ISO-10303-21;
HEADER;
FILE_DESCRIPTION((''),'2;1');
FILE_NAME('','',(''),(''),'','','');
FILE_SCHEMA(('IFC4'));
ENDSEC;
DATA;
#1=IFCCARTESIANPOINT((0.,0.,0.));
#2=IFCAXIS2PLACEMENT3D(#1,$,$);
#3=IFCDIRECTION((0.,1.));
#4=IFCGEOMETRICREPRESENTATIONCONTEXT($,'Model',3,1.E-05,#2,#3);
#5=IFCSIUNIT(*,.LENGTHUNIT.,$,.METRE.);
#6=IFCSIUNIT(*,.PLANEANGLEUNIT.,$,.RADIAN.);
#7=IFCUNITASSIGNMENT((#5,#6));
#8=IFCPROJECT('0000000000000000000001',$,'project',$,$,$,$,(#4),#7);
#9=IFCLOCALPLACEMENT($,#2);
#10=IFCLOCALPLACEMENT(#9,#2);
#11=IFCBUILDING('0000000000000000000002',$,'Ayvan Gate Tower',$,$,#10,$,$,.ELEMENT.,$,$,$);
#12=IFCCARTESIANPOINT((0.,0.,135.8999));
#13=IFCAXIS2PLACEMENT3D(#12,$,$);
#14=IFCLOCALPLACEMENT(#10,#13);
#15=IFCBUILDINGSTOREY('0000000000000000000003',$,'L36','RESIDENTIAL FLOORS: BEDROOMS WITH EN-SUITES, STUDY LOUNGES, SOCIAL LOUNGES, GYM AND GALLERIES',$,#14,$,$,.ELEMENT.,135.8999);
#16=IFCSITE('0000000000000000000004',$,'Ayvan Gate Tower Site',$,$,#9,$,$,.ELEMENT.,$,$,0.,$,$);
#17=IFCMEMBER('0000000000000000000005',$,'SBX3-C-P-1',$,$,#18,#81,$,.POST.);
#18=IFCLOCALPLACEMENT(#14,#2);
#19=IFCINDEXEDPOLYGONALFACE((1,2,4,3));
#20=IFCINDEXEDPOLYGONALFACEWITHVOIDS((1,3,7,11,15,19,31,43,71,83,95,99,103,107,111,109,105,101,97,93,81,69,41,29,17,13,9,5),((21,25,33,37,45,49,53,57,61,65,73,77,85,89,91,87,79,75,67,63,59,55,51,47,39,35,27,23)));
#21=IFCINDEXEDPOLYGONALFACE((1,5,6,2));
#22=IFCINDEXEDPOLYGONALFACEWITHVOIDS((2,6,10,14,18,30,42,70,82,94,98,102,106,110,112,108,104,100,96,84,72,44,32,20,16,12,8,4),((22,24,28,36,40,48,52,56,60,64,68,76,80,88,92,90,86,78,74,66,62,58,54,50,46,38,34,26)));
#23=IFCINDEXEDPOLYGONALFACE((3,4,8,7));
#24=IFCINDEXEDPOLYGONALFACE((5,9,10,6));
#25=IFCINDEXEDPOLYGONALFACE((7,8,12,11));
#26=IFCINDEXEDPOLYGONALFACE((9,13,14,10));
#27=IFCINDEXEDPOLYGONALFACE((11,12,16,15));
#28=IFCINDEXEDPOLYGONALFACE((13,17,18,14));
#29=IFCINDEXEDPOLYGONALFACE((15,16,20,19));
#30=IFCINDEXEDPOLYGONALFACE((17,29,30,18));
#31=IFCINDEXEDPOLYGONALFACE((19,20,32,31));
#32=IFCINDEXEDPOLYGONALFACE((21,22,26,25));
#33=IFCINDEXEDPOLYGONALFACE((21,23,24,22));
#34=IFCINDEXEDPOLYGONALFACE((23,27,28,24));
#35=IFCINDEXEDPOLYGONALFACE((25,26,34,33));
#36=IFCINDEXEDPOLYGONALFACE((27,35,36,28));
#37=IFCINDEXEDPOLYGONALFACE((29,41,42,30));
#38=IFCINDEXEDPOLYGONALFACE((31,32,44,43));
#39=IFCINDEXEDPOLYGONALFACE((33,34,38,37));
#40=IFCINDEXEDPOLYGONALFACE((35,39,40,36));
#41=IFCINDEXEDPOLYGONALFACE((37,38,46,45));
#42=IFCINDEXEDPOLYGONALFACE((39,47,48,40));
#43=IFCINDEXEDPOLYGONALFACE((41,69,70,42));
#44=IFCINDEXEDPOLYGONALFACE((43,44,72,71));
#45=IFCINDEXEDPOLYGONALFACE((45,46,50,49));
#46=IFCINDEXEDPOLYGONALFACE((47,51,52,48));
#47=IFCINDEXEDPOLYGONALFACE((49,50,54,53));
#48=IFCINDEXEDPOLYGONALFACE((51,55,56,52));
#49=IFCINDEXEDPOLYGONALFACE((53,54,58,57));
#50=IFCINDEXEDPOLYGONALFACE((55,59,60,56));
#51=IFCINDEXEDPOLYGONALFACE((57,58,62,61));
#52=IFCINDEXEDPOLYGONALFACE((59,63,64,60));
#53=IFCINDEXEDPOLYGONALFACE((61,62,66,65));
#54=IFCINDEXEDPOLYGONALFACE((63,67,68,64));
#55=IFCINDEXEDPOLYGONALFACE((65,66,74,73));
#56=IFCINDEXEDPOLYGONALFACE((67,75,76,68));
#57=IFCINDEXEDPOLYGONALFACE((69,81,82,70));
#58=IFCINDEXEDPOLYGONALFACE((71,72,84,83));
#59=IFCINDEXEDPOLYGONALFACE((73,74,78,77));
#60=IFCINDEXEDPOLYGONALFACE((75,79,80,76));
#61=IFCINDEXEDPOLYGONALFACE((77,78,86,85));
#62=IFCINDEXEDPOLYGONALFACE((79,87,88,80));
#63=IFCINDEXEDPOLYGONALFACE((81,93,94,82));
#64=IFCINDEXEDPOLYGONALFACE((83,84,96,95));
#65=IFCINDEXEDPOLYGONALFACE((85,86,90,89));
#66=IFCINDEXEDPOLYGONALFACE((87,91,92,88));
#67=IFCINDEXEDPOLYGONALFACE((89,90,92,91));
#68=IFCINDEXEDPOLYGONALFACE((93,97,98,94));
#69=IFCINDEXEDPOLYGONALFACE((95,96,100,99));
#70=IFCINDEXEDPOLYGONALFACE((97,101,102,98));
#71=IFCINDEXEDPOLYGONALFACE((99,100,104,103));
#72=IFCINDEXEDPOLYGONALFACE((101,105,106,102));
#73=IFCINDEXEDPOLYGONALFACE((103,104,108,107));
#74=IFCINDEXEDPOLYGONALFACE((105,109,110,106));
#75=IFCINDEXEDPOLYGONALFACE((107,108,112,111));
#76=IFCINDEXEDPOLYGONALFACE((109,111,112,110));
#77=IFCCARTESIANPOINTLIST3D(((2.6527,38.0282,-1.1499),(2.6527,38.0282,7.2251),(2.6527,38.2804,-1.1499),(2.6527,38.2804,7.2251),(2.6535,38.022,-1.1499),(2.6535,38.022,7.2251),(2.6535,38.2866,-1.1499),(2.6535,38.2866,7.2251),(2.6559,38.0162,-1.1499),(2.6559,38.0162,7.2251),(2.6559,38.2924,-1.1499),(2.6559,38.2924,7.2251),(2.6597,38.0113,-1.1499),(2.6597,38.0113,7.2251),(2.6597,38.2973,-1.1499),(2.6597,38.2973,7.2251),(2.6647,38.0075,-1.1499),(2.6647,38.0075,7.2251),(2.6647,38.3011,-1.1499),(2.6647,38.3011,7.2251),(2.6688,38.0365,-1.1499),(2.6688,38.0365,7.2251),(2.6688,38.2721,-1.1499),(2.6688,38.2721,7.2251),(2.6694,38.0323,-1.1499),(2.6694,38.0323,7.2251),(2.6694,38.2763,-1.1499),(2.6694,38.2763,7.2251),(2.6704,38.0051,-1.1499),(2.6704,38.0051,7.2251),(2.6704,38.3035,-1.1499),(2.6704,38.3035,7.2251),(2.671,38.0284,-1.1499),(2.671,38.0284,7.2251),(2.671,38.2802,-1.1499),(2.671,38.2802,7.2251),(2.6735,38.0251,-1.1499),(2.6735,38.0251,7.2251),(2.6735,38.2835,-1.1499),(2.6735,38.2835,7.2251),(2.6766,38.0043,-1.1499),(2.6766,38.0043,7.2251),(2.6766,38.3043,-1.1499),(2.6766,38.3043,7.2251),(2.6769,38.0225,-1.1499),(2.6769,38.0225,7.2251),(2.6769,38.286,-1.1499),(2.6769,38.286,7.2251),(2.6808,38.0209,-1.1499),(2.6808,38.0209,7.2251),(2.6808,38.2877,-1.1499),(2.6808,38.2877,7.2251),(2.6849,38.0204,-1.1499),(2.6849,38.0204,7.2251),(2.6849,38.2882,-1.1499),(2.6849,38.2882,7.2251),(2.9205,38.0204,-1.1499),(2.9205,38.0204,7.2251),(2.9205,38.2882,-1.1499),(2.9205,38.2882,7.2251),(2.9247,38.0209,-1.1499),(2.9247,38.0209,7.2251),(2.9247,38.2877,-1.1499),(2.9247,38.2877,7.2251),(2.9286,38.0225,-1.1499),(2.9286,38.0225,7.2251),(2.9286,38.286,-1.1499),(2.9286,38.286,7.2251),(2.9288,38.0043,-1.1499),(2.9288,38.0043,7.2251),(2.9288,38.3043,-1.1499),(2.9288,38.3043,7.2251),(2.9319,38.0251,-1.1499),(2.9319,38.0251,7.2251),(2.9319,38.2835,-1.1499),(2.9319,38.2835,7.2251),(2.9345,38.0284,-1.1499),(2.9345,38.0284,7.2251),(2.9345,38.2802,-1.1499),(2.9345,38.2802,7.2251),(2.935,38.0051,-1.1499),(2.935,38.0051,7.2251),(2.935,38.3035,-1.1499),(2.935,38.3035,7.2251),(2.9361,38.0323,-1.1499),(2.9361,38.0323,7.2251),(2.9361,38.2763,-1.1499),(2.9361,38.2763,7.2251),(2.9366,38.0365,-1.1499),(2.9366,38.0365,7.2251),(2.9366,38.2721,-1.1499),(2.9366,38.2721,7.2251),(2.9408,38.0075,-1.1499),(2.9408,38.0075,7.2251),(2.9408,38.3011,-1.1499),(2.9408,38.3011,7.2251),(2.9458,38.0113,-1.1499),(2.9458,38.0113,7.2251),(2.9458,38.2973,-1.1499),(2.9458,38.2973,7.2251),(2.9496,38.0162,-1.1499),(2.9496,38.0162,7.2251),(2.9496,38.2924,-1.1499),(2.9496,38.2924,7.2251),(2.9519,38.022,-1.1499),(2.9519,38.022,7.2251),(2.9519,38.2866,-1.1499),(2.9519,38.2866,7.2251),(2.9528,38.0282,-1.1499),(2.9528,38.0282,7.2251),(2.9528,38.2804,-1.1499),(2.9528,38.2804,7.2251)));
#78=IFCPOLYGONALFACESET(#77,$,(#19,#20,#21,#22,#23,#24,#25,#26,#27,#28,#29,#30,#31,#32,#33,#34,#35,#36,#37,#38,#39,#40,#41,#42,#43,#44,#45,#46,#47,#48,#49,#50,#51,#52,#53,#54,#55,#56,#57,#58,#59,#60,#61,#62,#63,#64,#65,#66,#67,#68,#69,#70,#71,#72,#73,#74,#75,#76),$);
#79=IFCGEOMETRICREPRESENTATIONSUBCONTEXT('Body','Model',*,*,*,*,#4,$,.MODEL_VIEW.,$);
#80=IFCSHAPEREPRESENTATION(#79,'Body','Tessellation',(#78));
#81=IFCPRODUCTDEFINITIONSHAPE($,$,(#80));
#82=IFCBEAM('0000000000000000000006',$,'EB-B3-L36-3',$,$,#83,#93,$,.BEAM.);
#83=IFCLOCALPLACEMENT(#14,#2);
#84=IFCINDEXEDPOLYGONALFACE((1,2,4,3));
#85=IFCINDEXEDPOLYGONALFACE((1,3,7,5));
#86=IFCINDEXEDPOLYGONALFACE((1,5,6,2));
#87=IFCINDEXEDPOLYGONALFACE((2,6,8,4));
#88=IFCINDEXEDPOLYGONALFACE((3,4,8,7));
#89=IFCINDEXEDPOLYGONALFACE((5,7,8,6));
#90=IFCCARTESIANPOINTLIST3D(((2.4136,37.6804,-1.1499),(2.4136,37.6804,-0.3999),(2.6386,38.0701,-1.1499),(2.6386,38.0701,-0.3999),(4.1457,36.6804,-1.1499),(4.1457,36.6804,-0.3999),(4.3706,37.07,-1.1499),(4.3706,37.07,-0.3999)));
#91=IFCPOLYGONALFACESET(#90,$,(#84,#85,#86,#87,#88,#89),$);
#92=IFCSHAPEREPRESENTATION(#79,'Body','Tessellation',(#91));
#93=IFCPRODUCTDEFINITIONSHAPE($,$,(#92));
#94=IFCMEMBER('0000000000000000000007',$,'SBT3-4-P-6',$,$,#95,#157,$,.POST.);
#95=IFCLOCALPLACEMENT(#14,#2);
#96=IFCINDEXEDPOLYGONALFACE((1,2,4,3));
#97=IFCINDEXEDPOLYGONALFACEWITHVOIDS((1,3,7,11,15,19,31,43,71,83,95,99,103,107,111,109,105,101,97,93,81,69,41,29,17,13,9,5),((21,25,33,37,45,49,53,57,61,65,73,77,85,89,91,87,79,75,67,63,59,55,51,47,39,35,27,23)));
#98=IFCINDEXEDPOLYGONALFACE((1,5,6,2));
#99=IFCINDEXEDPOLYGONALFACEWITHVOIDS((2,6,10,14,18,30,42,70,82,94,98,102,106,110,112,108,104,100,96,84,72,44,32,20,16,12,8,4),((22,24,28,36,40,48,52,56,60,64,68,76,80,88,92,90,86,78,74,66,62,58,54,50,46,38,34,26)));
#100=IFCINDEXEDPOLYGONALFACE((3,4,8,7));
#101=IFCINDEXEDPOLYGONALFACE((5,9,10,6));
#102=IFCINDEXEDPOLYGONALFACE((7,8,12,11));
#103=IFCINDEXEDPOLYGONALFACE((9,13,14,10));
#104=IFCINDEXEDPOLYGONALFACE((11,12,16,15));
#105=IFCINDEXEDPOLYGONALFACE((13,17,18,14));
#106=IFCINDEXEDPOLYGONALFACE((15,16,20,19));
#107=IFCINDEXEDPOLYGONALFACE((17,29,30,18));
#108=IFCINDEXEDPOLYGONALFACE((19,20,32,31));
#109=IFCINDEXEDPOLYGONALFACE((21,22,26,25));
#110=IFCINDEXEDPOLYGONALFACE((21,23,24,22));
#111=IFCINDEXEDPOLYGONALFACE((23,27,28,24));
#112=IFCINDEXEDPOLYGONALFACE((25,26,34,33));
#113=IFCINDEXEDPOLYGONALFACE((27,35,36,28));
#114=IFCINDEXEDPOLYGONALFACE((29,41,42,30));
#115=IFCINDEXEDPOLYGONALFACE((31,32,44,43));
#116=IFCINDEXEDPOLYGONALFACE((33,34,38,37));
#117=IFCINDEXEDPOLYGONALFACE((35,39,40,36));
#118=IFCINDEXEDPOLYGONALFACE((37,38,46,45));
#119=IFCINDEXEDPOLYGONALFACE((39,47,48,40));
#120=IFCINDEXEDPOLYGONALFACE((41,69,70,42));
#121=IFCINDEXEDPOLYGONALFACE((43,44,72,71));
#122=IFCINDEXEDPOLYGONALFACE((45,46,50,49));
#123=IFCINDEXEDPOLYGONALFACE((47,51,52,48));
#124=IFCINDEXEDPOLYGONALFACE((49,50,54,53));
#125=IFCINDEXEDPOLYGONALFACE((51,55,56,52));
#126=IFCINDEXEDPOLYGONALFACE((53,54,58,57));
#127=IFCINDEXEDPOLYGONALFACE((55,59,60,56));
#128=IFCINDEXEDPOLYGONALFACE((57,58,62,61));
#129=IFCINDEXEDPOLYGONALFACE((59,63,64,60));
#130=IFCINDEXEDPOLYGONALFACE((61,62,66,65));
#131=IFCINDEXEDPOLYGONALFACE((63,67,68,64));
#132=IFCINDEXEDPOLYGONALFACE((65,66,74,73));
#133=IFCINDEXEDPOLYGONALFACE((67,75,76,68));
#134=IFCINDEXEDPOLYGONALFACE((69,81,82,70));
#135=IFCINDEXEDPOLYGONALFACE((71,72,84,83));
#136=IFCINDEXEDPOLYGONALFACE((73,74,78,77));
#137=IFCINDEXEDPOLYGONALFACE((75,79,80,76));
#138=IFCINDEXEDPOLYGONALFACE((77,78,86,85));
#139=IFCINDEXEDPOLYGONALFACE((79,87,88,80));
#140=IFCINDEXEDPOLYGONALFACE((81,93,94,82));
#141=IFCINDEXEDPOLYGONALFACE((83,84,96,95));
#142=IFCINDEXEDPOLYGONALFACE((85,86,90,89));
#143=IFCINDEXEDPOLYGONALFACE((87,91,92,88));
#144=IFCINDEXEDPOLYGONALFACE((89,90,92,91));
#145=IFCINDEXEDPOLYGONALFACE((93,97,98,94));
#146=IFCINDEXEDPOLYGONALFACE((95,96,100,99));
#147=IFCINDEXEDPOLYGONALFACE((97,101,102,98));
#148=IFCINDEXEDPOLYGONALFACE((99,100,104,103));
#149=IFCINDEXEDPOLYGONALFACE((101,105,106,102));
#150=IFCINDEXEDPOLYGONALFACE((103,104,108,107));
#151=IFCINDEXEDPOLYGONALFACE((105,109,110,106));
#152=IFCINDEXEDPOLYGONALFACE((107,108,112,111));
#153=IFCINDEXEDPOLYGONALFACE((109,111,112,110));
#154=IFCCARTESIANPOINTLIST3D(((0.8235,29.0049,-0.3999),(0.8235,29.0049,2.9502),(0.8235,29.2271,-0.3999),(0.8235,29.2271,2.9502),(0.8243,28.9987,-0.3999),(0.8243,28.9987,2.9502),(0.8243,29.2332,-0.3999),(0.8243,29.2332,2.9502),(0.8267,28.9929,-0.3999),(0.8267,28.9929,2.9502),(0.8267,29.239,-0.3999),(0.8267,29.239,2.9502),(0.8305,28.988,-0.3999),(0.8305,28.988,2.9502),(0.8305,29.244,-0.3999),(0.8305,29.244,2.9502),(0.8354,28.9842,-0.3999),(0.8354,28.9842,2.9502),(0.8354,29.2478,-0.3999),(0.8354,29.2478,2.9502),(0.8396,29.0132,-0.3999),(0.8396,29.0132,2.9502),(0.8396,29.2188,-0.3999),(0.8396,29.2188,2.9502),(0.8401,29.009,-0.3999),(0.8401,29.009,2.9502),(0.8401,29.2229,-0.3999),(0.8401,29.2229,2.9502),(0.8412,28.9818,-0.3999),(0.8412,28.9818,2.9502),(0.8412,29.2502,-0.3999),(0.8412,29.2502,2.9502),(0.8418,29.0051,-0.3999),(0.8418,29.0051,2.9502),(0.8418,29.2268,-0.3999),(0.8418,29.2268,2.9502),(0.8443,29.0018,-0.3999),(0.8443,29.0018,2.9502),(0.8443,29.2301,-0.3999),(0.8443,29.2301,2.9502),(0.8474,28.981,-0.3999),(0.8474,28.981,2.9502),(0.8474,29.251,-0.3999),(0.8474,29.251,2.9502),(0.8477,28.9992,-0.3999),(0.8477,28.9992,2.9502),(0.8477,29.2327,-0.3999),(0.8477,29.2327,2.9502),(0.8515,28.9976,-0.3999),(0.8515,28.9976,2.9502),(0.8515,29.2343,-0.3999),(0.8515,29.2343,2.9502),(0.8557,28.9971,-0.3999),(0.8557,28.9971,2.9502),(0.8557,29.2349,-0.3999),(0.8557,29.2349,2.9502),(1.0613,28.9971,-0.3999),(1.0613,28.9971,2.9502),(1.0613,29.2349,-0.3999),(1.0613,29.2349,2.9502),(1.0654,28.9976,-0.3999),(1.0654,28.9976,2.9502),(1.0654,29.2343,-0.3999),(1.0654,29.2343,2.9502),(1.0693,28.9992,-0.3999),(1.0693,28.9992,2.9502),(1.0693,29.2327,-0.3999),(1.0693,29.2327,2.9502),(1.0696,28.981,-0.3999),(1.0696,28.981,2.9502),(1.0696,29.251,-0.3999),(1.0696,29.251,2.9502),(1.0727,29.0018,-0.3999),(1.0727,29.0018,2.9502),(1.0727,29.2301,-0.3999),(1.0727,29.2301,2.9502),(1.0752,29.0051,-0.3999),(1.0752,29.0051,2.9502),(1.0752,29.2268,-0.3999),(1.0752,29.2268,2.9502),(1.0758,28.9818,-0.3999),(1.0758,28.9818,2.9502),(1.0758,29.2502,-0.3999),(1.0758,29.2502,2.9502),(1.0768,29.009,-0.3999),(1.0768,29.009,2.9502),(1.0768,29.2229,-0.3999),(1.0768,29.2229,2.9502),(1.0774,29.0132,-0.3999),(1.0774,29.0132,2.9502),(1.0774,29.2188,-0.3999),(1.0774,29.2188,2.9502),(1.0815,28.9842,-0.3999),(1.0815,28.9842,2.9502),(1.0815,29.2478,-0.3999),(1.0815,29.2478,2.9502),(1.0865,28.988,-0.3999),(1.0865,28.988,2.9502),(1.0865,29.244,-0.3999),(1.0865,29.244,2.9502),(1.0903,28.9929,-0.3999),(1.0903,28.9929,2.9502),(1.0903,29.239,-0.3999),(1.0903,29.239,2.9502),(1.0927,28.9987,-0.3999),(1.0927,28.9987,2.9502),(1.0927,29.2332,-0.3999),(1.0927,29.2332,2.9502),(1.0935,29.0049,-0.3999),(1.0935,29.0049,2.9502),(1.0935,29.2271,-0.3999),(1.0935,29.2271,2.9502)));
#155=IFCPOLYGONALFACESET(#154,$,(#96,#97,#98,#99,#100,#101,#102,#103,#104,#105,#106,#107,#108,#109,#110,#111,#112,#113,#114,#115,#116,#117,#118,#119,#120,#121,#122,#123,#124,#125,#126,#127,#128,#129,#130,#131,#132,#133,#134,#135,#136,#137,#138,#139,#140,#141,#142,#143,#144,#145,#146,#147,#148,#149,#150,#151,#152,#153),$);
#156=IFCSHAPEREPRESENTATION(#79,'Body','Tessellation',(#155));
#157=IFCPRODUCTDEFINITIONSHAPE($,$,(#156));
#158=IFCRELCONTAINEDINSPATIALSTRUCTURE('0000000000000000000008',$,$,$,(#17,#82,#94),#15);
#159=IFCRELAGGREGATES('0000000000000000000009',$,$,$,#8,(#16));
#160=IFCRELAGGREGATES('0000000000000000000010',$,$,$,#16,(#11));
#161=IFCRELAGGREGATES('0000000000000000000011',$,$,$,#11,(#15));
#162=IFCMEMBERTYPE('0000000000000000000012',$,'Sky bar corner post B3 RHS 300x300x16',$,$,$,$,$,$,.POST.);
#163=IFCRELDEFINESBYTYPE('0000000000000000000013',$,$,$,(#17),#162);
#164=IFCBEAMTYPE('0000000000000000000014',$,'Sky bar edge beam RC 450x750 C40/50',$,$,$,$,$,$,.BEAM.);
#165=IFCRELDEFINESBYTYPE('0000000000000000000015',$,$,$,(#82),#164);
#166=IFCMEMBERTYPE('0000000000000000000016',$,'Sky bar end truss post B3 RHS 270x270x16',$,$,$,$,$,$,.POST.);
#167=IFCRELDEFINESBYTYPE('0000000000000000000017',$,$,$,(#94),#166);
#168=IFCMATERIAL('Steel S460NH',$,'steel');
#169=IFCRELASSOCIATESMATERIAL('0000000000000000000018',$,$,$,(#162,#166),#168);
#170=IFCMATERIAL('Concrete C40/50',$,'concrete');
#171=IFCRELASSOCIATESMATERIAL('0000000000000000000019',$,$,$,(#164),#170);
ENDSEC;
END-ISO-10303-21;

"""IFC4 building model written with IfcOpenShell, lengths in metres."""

from ifc_helpers import new_model, si_unit, direction, frame, origin, origin_2d, place, context, subcontext, project, spatial, rectangle, hollow_rectangle, extrude, material, material_profile, profile_set, type_object, element, save


model = new_model("IFC4")

# Units and contexts
model_context = context("Model", 3, precision=1e-05, world=origin(), true_north=direction((0.0, 1.0)))
body_context = subcontext(model_context, "Body", "Model", "MODEL_VIEW")
ifc_project = project(units=[si_unit("LENGTHUNIT", "METRE"), si_unit("PLANEANGLEUNIT", "RADIAN")], contexts=[model_context])

# Site, building, storey
site_placement = place(None, origin())
site = spatial("IfcSite", under=ifc_project, at=site_placement, Name="Ayvan Gate Tower Site", CompositionType="ELEMENT", RefElevation=0.0)
building_placement = place(site_placement, origin())
building = spatial("IfcBuilding", under=site, at=building_placement, Name="Ayvan Gate Tower", CompositionType="ELEMENT")
storey_placement = place(building_placement, frame((0.0, 0.0, 135.8999)))
storey = spatial("IfcBuildingStorey", under=building, at=storey_placement, Name="L36", Description="RESIDENTIAL FLOORS: BEDROOMS WITH EN-SUITES, STUDY LOUNGES, SOCIAL LOUNGES, GYM AND GALLERIES", CompositionType="ELEMENT", Elevation=135.8999)

# Member
ifc_material_1 = material(Name="Steel S460NH", Category="steel")
ifc_material_profile_1 = material_profile(ifc_material_1, hollow_rectangle(XDim=0.3, YDim=0.3, WallThickness=0.0161, InnerFilletRadius=0.0161, OuterFilletRadius=0.0239, at=origin_2d()), Name="RHS 300x300x16")
ifc_profile_set_1 = profile_set([ifc_material_profile_1], Name="Steel S460NH")
member_type_1 = type_object("IfcMemberType", Name="Sky bar corner post B3 RHS 300x300x16", PredefinedType="POST", material=ifc_profile_set_1)
member_1_placement = place(storey_placement, frame((2.8027, 38.1543, -1.1499), z_axis=(0.0, 0.0, 1.0), x_axis=(1.0, 0.0, 0.0)))
element("IfcMember", 1, at=member_1_placement, inside=storey, type_object=member_type_1, Name="SBX3-C-P-1", PredefinedType="POST", context=body_context, shape_type="SweptSolid", body=[
    extrude(hollow_rectangle(XDim=0.3, YDim=0.3, WallThickness=0.0161, InnerFilletRadius=0.0161, OuterFilletRadius=0.0239, at=origin_2d()), origin(), (0.0, 0.0, 1.0), 8.375),
])

# Beam
ifc_material_2 = material(Name="Concrete C40/50", Category="concrete")
ifc_material_profile_2 = material_profile(ifc_material_2, rectangle(XDim=0.45, YDim=0.75, at=origin_2d()), Name="RC 450x750")
ifc_profile_set_2 = profile_set([ifc_material_profile_2], Name="Concrete C40/50")
beam_type = type_object("IfcBeamType", Name="Sky bar edge beam RC 450x750 C40/50", PredefinedType="BEAM", material=ifc_profile_set_2)
beam_placement = place(storey_placement, frame((2.5261, 37.8752, -0.7749), z_axis=(0.866011, -0.500025, 0.0), x_axis=(0.500025, 0.866011, 0.0)))
element("IfcBeam", 2, at=beam_placement, inside=storey, type_object=beam_type, Name="EB-B3-L36-3", PredefinedType="BEAM", context=body_context, shape_type="SweptSolid", body=[
    extrude(rectangle(XDim=0.45, YDim=0.75, at=origin_2d()), origin(), (0.0, 0.0, 1.0), 2.0),
])

# Member
ifc_material_profile_3 = material_profile(ifc_material_1, hollow_rectangle(XDim=0.27, YDim=0.27, WallThickness=0.0161, InnerFilletRadius=0.0161, OuterFilletRadius=0.0239, at=origin_2d()), Name="RHS 270x270x16")
ifc_profile_set_3 = profile_set([ifc_material_profile_3], Name="Steel S460NH")
member_type_2 = type_object("IfcMemberType", Name="Sky bar end truss post B3 RHS 270x270x16", PredefinedType="POST", material=ifc_profile_set_3)
for number, where, z_axis, x_axis, name in (
    (3, (0.9585, 29.116, -0.3999), (0.0, 0.0, 1.0), (1.0, 0.0, 0.0), "SBT3-4-P-6"),
):
    element("IfcMember", number, at=place(storey_placement, frame(where, z_axis=z_axis, x_axis=x_axis)), inside=storey, type_object=member_type_2, Name=name, PredefinedType="POST", context=body_context, shape_type="SweptSolid", body=[
        extrude(hollow_rectangle(XDim=0.27, YDim=0.27, WallThickness=0.0161, InnerFilletRadius=0.0161, OuterFilletRadius=0.0239, at=origin_2d()), origin(), (0.0, 0.0, 1.0), 3.3501),
    ])

save(model, "model.ifc")
